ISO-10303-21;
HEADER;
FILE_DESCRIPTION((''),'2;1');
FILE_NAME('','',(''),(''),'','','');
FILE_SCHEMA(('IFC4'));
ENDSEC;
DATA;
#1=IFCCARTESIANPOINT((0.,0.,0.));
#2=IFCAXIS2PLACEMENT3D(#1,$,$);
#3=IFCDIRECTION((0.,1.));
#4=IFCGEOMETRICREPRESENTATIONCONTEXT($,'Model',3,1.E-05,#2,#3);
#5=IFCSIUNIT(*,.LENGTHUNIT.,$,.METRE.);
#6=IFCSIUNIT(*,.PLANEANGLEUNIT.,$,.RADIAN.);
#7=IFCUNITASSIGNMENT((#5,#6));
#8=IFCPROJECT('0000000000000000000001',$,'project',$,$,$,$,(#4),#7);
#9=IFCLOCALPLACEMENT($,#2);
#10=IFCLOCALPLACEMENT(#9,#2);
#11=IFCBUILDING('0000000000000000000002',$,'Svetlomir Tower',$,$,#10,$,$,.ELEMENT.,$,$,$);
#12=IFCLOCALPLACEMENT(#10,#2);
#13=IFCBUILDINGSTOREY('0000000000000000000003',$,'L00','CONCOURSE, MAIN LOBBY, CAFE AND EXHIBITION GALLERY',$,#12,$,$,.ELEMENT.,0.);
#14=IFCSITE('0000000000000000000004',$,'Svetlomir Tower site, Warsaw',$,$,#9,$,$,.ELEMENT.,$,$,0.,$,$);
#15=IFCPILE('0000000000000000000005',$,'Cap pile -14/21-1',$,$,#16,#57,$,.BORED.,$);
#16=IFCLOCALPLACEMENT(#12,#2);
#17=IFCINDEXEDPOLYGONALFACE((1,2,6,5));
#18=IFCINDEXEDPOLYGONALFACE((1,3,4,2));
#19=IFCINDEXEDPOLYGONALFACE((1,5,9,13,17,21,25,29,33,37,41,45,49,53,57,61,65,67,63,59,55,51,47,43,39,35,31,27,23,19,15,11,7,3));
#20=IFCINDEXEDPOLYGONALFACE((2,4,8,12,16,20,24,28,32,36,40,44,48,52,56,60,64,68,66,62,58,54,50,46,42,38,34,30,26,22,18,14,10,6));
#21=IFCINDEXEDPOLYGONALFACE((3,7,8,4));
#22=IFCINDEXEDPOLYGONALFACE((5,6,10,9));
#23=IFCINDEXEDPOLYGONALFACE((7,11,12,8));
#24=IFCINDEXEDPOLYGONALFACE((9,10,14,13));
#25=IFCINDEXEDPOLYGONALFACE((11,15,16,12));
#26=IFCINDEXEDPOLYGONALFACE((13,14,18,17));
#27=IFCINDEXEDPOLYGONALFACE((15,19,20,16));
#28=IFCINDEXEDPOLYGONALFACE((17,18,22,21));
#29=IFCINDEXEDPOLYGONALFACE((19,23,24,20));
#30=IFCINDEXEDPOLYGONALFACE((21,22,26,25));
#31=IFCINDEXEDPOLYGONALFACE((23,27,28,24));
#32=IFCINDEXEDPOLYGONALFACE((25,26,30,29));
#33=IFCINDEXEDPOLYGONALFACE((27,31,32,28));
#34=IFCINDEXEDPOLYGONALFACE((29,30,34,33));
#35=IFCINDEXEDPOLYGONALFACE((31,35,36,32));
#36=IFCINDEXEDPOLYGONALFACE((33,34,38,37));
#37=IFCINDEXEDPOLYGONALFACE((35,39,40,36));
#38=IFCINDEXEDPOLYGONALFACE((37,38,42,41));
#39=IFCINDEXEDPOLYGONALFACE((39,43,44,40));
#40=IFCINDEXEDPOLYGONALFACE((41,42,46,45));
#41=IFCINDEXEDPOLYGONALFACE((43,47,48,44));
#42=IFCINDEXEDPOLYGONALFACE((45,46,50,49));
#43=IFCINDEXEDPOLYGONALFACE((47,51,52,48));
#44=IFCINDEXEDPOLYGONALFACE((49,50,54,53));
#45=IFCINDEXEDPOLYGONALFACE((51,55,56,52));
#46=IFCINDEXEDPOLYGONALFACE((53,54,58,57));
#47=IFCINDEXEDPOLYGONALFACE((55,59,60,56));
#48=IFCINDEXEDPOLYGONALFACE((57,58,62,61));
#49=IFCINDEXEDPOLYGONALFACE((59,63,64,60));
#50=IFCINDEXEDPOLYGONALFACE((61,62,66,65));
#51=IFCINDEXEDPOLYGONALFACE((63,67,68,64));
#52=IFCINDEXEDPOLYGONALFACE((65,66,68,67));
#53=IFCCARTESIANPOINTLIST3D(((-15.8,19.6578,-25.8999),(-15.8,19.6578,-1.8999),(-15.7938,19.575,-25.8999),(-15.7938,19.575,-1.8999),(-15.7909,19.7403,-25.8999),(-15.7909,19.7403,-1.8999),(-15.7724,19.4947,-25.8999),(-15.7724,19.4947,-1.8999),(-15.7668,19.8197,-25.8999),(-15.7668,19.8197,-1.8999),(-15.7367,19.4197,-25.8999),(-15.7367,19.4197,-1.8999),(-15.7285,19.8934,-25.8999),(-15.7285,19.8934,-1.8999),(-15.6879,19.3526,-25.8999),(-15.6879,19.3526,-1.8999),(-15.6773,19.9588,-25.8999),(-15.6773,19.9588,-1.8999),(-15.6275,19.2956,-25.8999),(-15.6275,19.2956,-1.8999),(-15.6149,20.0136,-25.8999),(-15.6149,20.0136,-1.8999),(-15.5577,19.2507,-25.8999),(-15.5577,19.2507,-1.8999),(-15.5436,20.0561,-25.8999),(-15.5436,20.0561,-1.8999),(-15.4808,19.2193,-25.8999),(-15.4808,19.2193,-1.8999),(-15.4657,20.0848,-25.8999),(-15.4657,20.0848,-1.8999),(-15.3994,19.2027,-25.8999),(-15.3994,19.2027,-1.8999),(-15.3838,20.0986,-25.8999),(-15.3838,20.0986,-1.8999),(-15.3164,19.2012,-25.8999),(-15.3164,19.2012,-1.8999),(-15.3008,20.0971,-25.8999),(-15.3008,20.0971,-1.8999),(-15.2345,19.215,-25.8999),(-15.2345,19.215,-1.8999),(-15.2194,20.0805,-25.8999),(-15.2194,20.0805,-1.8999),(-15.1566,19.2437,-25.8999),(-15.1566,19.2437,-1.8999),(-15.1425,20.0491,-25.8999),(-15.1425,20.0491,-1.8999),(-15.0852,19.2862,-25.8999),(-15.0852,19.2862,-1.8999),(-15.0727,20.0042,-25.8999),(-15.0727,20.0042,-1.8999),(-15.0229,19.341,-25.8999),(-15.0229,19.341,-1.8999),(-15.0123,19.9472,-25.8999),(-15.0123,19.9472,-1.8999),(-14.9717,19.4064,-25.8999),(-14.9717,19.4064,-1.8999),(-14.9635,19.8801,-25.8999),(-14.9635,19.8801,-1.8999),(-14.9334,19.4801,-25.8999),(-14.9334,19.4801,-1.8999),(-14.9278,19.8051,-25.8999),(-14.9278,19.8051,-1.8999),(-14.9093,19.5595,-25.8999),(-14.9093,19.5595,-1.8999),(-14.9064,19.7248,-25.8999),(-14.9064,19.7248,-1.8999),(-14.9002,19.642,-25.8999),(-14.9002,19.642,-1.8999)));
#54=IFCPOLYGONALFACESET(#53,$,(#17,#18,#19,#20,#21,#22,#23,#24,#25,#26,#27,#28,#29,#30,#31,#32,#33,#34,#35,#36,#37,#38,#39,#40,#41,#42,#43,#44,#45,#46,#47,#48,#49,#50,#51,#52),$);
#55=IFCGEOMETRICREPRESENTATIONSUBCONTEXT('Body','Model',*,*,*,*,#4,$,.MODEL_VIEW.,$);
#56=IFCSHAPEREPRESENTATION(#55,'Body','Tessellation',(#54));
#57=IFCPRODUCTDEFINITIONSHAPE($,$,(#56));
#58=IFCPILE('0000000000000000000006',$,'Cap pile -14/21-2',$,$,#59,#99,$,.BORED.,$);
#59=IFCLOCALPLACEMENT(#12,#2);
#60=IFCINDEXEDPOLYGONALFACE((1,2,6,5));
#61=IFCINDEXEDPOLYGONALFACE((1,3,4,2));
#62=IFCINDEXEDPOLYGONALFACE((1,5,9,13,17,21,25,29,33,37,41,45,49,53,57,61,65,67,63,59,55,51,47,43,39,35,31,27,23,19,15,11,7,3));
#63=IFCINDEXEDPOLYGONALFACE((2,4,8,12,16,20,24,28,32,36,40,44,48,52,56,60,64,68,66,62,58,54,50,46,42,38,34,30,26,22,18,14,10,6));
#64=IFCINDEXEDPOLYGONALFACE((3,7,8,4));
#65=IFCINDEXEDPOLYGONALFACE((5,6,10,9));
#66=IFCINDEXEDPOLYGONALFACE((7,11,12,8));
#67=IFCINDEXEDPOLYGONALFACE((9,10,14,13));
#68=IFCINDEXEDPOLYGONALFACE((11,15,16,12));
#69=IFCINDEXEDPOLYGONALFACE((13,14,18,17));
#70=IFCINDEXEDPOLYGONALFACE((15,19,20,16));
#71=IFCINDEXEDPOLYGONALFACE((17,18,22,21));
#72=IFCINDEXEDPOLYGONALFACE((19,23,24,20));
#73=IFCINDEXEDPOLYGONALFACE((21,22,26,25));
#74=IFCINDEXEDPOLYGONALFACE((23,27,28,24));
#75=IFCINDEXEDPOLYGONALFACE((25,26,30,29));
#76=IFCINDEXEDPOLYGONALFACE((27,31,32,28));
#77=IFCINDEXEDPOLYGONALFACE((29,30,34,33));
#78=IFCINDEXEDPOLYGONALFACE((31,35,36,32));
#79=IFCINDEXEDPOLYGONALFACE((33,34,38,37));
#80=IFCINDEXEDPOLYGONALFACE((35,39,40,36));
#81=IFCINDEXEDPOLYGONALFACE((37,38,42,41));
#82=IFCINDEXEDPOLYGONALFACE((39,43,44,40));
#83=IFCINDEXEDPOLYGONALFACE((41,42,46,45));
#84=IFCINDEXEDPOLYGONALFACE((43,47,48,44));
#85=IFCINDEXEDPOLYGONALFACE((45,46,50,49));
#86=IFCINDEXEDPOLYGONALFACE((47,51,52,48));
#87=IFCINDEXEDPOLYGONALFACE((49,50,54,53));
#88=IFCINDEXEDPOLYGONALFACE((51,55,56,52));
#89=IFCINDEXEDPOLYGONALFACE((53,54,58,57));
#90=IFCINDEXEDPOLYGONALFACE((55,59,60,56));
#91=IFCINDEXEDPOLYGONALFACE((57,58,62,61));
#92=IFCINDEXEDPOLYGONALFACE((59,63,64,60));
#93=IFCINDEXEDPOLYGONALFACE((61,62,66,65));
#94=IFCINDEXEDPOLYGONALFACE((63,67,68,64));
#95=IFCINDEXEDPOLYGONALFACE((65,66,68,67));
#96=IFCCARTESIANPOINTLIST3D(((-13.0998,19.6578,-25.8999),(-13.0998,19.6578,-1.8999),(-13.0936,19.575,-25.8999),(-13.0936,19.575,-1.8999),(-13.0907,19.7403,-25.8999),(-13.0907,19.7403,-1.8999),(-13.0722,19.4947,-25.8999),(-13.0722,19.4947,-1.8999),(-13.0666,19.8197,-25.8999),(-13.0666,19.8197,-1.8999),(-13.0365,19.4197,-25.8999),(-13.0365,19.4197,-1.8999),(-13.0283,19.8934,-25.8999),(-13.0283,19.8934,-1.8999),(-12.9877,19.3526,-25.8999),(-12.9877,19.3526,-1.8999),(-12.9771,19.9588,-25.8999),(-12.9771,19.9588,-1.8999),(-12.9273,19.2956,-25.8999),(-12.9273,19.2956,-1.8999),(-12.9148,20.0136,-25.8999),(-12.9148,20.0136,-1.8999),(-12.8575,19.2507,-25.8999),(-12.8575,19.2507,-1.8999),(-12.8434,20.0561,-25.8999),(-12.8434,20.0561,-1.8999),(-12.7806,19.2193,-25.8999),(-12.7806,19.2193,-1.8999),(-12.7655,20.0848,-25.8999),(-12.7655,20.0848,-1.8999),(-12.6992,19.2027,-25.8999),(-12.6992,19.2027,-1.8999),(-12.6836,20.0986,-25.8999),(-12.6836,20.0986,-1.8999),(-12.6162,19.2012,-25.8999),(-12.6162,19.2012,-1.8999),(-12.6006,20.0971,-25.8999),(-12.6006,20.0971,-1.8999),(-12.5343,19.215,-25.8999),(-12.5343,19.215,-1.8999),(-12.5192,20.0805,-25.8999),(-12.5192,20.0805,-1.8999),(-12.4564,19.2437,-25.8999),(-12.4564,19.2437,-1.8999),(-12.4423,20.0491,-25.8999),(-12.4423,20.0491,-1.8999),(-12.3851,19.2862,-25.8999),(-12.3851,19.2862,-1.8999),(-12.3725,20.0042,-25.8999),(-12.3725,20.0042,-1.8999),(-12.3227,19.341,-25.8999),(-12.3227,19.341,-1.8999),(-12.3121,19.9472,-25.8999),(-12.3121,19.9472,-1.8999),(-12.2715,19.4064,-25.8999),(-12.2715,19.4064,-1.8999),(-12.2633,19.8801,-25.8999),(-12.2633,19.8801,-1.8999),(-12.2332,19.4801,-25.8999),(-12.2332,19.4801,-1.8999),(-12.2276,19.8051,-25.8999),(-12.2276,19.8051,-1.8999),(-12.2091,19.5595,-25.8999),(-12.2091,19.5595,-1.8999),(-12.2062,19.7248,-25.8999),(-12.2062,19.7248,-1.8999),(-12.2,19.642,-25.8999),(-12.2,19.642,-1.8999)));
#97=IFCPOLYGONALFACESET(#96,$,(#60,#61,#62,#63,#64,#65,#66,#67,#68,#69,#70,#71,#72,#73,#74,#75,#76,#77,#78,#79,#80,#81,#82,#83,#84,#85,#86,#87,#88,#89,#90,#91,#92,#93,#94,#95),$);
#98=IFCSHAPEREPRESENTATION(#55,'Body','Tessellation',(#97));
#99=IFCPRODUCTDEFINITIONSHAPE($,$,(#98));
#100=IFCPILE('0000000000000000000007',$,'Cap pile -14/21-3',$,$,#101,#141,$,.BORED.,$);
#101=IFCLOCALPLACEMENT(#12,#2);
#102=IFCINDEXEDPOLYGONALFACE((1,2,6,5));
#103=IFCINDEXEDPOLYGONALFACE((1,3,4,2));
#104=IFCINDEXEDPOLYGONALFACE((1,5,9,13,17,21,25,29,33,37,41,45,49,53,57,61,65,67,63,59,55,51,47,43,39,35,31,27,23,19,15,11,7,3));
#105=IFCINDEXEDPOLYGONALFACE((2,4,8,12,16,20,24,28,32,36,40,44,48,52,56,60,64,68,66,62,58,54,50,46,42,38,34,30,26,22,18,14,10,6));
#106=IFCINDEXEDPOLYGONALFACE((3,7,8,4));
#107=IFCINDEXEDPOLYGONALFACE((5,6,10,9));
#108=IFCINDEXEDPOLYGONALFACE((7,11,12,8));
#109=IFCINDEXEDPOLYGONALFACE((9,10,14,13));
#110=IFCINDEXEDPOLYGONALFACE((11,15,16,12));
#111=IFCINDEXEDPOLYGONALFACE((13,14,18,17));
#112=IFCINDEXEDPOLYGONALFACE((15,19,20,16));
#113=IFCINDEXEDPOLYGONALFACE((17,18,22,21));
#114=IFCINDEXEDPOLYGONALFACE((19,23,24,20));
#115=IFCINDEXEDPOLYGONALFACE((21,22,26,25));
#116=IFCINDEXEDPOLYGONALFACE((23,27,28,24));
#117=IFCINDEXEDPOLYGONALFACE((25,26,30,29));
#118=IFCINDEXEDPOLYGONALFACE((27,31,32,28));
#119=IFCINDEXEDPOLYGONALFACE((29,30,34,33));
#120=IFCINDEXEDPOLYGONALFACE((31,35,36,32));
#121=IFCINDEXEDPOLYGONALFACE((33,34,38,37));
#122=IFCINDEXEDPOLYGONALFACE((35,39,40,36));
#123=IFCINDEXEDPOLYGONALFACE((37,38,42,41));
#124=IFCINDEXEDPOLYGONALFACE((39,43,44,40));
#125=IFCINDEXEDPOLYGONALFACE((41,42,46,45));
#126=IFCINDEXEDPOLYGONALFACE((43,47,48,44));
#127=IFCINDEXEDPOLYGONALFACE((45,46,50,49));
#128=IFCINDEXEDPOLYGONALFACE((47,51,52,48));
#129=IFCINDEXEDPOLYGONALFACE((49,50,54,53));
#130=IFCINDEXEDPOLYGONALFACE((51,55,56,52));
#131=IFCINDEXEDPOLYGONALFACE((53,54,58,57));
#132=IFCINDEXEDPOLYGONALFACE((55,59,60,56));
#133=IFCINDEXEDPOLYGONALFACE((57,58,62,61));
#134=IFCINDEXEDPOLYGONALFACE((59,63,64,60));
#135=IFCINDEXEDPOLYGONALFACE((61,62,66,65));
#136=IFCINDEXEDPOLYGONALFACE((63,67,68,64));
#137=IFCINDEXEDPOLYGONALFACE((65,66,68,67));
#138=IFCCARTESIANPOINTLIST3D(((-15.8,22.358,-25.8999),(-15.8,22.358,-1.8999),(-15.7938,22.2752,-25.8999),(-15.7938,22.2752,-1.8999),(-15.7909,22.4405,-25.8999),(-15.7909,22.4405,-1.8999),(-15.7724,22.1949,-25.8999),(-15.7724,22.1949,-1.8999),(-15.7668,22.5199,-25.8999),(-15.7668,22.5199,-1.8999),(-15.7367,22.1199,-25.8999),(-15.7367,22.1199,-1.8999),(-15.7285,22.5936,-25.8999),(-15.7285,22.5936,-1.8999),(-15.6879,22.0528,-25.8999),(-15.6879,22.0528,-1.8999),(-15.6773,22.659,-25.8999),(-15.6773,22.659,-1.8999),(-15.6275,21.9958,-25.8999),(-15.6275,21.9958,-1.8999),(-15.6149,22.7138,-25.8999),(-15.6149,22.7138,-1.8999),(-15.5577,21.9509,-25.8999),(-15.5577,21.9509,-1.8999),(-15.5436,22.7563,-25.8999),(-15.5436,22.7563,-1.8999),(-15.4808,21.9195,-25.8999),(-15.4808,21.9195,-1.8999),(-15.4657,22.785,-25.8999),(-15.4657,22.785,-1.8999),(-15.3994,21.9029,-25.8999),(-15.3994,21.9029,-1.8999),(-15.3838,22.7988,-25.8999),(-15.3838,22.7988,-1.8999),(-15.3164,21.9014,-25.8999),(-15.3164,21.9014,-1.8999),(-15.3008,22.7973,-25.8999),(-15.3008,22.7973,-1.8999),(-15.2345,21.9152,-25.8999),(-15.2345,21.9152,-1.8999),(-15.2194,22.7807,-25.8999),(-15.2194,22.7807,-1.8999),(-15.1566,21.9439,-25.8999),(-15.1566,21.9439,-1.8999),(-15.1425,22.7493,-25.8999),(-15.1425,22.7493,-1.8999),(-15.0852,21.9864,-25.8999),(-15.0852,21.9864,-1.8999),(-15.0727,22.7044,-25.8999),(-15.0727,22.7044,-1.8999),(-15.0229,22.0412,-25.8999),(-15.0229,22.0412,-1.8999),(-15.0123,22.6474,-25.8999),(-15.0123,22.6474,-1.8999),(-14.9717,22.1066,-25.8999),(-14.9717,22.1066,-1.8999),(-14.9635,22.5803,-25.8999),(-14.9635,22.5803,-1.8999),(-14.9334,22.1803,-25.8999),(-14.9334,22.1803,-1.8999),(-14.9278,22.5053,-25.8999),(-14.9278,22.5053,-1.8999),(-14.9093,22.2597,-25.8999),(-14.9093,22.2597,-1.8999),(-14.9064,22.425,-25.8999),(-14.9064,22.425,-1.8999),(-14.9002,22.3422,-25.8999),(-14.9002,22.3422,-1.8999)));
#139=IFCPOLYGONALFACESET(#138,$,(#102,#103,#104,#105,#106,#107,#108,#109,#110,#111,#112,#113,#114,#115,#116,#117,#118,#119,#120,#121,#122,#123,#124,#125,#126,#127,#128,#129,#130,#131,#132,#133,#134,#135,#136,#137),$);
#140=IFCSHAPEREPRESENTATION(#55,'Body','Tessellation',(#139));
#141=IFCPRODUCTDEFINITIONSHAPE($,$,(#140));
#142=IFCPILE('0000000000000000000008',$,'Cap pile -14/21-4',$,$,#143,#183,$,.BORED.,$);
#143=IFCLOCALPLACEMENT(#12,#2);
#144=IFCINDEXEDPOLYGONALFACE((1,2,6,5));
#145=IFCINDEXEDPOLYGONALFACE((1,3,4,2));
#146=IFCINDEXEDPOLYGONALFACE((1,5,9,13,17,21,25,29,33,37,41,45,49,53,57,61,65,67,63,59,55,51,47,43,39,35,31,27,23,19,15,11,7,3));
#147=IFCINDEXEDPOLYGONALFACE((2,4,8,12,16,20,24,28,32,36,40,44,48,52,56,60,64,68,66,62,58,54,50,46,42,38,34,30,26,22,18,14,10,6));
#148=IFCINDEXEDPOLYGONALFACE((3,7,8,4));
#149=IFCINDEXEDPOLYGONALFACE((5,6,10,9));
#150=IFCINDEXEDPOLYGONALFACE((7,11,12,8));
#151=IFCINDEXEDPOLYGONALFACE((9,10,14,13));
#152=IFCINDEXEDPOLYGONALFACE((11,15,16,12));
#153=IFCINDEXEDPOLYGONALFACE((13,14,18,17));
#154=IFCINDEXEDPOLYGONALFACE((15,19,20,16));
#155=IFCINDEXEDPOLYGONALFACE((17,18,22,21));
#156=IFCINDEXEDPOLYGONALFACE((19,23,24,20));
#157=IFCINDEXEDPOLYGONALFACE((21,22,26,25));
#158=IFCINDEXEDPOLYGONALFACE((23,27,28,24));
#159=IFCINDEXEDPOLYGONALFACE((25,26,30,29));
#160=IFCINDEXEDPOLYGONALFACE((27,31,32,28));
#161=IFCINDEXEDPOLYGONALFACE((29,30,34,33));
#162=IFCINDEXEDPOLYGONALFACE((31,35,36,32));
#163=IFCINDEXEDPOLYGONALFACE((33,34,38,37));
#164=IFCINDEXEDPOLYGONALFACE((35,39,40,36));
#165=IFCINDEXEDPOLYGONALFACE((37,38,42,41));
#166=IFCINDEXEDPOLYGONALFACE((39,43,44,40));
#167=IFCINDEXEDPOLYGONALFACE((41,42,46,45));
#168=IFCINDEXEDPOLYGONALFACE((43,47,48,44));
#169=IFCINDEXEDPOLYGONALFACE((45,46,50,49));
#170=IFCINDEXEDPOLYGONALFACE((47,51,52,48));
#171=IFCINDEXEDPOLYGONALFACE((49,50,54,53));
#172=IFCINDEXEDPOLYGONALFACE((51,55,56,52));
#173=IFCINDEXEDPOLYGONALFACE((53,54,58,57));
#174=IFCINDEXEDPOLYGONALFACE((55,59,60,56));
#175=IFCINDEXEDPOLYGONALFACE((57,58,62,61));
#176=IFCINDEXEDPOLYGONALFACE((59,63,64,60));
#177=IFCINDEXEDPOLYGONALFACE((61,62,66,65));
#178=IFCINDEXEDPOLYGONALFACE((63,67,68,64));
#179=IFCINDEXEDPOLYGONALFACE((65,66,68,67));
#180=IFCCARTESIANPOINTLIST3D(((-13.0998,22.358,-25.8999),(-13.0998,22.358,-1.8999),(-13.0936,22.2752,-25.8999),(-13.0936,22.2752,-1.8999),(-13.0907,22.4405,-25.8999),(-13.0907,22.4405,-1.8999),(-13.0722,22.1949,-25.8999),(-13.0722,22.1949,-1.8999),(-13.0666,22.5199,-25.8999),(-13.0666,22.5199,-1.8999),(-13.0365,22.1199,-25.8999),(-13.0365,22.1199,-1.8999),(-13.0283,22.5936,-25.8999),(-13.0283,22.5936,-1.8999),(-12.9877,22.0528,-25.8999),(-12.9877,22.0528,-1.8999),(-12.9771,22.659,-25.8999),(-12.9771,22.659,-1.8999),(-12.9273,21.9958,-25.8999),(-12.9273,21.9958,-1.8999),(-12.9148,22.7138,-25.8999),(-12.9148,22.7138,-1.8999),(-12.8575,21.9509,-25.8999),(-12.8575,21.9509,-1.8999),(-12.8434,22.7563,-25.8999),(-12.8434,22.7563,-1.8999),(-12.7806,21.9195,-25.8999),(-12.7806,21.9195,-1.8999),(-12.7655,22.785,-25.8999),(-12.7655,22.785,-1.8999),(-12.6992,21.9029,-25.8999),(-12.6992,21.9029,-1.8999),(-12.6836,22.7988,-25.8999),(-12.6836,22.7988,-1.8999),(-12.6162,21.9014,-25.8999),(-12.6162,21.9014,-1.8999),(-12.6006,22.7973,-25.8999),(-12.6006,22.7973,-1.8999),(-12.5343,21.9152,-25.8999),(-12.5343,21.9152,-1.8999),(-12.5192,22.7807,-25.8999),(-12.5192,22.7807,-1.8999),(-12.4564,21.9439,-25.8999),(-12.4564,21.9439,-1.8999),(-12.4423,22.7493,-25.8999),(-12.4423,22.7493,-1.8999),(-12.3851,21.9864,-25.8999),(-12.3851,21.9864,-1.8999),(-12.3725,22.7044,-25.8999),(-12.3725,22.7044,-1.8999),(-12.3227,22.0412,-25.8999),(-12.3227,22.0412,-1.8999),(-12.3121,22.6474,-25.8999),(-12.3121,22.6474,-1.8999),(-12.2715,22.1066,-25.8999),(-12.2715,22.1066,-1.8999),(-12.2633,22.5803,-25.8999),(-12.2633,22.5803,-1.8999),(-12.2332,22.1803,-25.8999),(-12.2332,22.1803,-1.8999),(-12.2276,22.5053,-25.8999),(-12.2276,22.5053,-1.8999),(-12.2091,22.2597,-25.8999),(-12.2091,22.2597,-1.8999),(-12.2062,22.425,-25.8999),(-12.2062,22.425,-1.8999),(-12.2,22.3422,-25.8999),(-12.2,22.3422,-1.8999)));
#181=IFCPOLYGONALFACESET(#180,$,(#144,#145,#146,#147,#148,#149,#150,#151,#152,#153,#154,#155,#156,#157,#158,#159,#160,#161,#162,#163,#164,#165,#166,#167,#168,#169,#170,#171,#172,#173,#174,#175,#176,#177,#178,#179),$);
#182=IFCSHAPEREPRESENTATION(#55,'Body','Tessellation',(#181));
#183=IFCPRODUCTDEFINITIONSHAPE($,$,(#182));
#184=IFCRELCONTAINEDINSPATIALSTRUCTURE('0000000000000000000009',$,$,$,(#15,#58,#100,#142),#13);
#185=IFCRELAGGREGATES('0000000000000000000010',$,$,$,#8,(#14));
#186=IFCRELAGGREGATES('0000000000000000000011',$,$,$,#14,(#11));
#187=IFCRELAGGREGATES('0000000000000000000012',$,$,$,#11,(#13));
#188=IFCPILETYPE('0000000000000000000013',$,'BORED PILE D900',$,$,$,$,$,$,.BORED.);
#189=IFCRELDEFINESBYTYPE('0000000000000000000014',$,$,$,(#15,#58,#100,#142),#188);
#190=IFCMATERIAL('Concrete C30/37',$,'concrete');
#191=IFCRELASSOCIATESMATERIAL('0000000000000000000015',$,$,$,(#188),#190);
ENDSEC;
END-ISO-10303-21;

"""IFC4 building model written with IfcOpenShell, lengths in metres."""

from ifc_helpers import new_model, si_unit, direction, frame, frame_2d, origin, origin_2d, place, context, subcontext, project, spatial, circle, extrude, material, material_profile, profile_set, type_object, element, save


model = new_model("IFC4")

# Units and contexts
model_context = context("Model", 3, precision=1e-05, world=origin(), true_north=direction((0.0, 1.0)))
body_context = subcontext(model_context, "Body", "Model", "MODEL_VIEW")
ifc_project = project(units=[si_unit("LENGTHUNIT", "METRE"), si_unit("PLANEANGLEUNIT", "RADIAN")], contexts=[model_context])

# Site, building, storey
site_placement = place(None, origin())
site = spatial("IfcSite", under=ifc_project, at=site_placement, Name="Svetlomir Tower site, Warsaw", CompositionType="ELEMENT", RefElevation=0.0)
building_placement = place(site_placement, origin())
building = spatial("IfcBuilding", under=site, at=building_placement, Name="Svetlomir Tower", CompositionType="ELEMENT")
storey_placement = place(building_placement, origin())
storey = spatial("IfcBuildingStorey", under=building, at=storey_placement, Name="L00", Description="CONCOURSE, MAIN LOBBY, CAFE AND EXHIBITION GALLERY", CompositionType="ELEMENT", Elevation=0.0)

# Piles
ifc_material_1 = material(Name="Concrete C30/37", Category="concrete")
ifc_material_profile_1 = material_profile(ifc_material_1, circle(Radius=0.45, at=origin_2d()), Name="RC D900")
ifc_profile_set_1 = profile_set([ifc_material_profile_1], Name="Concrete C30/37")
pile_type = type_object("IfcPileType", Name="BORED PILE D900", PredefinedType="BORED", material=ifc_profile_set_1)
for number, where, z_axis, x_axis, name in (
    (1, (-15.3501, 19.6499, -1.8999), (0.0, 0.0, -1.0), (1.0, 0.0, 0.0), "Cap pile -14/21-1"),
    (2, (-12.6499, 19.6499, -1.8999), (0.0, 0.0, -1.0), (1.0, 0.0, 0.0), "Cap pile -14/21-2"),
    (3, (-15.3501, 22.3501, -1.8999), (0.0, 0.0, -1.0), (1.0, 0.0, 0.0), "Cap pile -14/21-3"),
    (4, (-12.6499, 22.3501, -1.8999), (0.0, 0.0, -1.0), (1.0, 0.0, 0.0), "Cap pile -14/21-4"),
):
    element("IfcPile", number, at=place(storey_placement, frame(where, z_axis=z_axis, x_axis=x_axis)), inside=storey, type_object=pile_type, Name=name, PredefinedType="BORED", context=body_context, shape_type="SweptSolid", body=[
        extrude(circle(Radius=0.45, at=frame_2d((0.0, 0.0), x_axis=(0.999848, 0.017452))), origin(), (0.0, 0.0, 1.0), 24.0),
    ])

save(model, "model.ifc")
